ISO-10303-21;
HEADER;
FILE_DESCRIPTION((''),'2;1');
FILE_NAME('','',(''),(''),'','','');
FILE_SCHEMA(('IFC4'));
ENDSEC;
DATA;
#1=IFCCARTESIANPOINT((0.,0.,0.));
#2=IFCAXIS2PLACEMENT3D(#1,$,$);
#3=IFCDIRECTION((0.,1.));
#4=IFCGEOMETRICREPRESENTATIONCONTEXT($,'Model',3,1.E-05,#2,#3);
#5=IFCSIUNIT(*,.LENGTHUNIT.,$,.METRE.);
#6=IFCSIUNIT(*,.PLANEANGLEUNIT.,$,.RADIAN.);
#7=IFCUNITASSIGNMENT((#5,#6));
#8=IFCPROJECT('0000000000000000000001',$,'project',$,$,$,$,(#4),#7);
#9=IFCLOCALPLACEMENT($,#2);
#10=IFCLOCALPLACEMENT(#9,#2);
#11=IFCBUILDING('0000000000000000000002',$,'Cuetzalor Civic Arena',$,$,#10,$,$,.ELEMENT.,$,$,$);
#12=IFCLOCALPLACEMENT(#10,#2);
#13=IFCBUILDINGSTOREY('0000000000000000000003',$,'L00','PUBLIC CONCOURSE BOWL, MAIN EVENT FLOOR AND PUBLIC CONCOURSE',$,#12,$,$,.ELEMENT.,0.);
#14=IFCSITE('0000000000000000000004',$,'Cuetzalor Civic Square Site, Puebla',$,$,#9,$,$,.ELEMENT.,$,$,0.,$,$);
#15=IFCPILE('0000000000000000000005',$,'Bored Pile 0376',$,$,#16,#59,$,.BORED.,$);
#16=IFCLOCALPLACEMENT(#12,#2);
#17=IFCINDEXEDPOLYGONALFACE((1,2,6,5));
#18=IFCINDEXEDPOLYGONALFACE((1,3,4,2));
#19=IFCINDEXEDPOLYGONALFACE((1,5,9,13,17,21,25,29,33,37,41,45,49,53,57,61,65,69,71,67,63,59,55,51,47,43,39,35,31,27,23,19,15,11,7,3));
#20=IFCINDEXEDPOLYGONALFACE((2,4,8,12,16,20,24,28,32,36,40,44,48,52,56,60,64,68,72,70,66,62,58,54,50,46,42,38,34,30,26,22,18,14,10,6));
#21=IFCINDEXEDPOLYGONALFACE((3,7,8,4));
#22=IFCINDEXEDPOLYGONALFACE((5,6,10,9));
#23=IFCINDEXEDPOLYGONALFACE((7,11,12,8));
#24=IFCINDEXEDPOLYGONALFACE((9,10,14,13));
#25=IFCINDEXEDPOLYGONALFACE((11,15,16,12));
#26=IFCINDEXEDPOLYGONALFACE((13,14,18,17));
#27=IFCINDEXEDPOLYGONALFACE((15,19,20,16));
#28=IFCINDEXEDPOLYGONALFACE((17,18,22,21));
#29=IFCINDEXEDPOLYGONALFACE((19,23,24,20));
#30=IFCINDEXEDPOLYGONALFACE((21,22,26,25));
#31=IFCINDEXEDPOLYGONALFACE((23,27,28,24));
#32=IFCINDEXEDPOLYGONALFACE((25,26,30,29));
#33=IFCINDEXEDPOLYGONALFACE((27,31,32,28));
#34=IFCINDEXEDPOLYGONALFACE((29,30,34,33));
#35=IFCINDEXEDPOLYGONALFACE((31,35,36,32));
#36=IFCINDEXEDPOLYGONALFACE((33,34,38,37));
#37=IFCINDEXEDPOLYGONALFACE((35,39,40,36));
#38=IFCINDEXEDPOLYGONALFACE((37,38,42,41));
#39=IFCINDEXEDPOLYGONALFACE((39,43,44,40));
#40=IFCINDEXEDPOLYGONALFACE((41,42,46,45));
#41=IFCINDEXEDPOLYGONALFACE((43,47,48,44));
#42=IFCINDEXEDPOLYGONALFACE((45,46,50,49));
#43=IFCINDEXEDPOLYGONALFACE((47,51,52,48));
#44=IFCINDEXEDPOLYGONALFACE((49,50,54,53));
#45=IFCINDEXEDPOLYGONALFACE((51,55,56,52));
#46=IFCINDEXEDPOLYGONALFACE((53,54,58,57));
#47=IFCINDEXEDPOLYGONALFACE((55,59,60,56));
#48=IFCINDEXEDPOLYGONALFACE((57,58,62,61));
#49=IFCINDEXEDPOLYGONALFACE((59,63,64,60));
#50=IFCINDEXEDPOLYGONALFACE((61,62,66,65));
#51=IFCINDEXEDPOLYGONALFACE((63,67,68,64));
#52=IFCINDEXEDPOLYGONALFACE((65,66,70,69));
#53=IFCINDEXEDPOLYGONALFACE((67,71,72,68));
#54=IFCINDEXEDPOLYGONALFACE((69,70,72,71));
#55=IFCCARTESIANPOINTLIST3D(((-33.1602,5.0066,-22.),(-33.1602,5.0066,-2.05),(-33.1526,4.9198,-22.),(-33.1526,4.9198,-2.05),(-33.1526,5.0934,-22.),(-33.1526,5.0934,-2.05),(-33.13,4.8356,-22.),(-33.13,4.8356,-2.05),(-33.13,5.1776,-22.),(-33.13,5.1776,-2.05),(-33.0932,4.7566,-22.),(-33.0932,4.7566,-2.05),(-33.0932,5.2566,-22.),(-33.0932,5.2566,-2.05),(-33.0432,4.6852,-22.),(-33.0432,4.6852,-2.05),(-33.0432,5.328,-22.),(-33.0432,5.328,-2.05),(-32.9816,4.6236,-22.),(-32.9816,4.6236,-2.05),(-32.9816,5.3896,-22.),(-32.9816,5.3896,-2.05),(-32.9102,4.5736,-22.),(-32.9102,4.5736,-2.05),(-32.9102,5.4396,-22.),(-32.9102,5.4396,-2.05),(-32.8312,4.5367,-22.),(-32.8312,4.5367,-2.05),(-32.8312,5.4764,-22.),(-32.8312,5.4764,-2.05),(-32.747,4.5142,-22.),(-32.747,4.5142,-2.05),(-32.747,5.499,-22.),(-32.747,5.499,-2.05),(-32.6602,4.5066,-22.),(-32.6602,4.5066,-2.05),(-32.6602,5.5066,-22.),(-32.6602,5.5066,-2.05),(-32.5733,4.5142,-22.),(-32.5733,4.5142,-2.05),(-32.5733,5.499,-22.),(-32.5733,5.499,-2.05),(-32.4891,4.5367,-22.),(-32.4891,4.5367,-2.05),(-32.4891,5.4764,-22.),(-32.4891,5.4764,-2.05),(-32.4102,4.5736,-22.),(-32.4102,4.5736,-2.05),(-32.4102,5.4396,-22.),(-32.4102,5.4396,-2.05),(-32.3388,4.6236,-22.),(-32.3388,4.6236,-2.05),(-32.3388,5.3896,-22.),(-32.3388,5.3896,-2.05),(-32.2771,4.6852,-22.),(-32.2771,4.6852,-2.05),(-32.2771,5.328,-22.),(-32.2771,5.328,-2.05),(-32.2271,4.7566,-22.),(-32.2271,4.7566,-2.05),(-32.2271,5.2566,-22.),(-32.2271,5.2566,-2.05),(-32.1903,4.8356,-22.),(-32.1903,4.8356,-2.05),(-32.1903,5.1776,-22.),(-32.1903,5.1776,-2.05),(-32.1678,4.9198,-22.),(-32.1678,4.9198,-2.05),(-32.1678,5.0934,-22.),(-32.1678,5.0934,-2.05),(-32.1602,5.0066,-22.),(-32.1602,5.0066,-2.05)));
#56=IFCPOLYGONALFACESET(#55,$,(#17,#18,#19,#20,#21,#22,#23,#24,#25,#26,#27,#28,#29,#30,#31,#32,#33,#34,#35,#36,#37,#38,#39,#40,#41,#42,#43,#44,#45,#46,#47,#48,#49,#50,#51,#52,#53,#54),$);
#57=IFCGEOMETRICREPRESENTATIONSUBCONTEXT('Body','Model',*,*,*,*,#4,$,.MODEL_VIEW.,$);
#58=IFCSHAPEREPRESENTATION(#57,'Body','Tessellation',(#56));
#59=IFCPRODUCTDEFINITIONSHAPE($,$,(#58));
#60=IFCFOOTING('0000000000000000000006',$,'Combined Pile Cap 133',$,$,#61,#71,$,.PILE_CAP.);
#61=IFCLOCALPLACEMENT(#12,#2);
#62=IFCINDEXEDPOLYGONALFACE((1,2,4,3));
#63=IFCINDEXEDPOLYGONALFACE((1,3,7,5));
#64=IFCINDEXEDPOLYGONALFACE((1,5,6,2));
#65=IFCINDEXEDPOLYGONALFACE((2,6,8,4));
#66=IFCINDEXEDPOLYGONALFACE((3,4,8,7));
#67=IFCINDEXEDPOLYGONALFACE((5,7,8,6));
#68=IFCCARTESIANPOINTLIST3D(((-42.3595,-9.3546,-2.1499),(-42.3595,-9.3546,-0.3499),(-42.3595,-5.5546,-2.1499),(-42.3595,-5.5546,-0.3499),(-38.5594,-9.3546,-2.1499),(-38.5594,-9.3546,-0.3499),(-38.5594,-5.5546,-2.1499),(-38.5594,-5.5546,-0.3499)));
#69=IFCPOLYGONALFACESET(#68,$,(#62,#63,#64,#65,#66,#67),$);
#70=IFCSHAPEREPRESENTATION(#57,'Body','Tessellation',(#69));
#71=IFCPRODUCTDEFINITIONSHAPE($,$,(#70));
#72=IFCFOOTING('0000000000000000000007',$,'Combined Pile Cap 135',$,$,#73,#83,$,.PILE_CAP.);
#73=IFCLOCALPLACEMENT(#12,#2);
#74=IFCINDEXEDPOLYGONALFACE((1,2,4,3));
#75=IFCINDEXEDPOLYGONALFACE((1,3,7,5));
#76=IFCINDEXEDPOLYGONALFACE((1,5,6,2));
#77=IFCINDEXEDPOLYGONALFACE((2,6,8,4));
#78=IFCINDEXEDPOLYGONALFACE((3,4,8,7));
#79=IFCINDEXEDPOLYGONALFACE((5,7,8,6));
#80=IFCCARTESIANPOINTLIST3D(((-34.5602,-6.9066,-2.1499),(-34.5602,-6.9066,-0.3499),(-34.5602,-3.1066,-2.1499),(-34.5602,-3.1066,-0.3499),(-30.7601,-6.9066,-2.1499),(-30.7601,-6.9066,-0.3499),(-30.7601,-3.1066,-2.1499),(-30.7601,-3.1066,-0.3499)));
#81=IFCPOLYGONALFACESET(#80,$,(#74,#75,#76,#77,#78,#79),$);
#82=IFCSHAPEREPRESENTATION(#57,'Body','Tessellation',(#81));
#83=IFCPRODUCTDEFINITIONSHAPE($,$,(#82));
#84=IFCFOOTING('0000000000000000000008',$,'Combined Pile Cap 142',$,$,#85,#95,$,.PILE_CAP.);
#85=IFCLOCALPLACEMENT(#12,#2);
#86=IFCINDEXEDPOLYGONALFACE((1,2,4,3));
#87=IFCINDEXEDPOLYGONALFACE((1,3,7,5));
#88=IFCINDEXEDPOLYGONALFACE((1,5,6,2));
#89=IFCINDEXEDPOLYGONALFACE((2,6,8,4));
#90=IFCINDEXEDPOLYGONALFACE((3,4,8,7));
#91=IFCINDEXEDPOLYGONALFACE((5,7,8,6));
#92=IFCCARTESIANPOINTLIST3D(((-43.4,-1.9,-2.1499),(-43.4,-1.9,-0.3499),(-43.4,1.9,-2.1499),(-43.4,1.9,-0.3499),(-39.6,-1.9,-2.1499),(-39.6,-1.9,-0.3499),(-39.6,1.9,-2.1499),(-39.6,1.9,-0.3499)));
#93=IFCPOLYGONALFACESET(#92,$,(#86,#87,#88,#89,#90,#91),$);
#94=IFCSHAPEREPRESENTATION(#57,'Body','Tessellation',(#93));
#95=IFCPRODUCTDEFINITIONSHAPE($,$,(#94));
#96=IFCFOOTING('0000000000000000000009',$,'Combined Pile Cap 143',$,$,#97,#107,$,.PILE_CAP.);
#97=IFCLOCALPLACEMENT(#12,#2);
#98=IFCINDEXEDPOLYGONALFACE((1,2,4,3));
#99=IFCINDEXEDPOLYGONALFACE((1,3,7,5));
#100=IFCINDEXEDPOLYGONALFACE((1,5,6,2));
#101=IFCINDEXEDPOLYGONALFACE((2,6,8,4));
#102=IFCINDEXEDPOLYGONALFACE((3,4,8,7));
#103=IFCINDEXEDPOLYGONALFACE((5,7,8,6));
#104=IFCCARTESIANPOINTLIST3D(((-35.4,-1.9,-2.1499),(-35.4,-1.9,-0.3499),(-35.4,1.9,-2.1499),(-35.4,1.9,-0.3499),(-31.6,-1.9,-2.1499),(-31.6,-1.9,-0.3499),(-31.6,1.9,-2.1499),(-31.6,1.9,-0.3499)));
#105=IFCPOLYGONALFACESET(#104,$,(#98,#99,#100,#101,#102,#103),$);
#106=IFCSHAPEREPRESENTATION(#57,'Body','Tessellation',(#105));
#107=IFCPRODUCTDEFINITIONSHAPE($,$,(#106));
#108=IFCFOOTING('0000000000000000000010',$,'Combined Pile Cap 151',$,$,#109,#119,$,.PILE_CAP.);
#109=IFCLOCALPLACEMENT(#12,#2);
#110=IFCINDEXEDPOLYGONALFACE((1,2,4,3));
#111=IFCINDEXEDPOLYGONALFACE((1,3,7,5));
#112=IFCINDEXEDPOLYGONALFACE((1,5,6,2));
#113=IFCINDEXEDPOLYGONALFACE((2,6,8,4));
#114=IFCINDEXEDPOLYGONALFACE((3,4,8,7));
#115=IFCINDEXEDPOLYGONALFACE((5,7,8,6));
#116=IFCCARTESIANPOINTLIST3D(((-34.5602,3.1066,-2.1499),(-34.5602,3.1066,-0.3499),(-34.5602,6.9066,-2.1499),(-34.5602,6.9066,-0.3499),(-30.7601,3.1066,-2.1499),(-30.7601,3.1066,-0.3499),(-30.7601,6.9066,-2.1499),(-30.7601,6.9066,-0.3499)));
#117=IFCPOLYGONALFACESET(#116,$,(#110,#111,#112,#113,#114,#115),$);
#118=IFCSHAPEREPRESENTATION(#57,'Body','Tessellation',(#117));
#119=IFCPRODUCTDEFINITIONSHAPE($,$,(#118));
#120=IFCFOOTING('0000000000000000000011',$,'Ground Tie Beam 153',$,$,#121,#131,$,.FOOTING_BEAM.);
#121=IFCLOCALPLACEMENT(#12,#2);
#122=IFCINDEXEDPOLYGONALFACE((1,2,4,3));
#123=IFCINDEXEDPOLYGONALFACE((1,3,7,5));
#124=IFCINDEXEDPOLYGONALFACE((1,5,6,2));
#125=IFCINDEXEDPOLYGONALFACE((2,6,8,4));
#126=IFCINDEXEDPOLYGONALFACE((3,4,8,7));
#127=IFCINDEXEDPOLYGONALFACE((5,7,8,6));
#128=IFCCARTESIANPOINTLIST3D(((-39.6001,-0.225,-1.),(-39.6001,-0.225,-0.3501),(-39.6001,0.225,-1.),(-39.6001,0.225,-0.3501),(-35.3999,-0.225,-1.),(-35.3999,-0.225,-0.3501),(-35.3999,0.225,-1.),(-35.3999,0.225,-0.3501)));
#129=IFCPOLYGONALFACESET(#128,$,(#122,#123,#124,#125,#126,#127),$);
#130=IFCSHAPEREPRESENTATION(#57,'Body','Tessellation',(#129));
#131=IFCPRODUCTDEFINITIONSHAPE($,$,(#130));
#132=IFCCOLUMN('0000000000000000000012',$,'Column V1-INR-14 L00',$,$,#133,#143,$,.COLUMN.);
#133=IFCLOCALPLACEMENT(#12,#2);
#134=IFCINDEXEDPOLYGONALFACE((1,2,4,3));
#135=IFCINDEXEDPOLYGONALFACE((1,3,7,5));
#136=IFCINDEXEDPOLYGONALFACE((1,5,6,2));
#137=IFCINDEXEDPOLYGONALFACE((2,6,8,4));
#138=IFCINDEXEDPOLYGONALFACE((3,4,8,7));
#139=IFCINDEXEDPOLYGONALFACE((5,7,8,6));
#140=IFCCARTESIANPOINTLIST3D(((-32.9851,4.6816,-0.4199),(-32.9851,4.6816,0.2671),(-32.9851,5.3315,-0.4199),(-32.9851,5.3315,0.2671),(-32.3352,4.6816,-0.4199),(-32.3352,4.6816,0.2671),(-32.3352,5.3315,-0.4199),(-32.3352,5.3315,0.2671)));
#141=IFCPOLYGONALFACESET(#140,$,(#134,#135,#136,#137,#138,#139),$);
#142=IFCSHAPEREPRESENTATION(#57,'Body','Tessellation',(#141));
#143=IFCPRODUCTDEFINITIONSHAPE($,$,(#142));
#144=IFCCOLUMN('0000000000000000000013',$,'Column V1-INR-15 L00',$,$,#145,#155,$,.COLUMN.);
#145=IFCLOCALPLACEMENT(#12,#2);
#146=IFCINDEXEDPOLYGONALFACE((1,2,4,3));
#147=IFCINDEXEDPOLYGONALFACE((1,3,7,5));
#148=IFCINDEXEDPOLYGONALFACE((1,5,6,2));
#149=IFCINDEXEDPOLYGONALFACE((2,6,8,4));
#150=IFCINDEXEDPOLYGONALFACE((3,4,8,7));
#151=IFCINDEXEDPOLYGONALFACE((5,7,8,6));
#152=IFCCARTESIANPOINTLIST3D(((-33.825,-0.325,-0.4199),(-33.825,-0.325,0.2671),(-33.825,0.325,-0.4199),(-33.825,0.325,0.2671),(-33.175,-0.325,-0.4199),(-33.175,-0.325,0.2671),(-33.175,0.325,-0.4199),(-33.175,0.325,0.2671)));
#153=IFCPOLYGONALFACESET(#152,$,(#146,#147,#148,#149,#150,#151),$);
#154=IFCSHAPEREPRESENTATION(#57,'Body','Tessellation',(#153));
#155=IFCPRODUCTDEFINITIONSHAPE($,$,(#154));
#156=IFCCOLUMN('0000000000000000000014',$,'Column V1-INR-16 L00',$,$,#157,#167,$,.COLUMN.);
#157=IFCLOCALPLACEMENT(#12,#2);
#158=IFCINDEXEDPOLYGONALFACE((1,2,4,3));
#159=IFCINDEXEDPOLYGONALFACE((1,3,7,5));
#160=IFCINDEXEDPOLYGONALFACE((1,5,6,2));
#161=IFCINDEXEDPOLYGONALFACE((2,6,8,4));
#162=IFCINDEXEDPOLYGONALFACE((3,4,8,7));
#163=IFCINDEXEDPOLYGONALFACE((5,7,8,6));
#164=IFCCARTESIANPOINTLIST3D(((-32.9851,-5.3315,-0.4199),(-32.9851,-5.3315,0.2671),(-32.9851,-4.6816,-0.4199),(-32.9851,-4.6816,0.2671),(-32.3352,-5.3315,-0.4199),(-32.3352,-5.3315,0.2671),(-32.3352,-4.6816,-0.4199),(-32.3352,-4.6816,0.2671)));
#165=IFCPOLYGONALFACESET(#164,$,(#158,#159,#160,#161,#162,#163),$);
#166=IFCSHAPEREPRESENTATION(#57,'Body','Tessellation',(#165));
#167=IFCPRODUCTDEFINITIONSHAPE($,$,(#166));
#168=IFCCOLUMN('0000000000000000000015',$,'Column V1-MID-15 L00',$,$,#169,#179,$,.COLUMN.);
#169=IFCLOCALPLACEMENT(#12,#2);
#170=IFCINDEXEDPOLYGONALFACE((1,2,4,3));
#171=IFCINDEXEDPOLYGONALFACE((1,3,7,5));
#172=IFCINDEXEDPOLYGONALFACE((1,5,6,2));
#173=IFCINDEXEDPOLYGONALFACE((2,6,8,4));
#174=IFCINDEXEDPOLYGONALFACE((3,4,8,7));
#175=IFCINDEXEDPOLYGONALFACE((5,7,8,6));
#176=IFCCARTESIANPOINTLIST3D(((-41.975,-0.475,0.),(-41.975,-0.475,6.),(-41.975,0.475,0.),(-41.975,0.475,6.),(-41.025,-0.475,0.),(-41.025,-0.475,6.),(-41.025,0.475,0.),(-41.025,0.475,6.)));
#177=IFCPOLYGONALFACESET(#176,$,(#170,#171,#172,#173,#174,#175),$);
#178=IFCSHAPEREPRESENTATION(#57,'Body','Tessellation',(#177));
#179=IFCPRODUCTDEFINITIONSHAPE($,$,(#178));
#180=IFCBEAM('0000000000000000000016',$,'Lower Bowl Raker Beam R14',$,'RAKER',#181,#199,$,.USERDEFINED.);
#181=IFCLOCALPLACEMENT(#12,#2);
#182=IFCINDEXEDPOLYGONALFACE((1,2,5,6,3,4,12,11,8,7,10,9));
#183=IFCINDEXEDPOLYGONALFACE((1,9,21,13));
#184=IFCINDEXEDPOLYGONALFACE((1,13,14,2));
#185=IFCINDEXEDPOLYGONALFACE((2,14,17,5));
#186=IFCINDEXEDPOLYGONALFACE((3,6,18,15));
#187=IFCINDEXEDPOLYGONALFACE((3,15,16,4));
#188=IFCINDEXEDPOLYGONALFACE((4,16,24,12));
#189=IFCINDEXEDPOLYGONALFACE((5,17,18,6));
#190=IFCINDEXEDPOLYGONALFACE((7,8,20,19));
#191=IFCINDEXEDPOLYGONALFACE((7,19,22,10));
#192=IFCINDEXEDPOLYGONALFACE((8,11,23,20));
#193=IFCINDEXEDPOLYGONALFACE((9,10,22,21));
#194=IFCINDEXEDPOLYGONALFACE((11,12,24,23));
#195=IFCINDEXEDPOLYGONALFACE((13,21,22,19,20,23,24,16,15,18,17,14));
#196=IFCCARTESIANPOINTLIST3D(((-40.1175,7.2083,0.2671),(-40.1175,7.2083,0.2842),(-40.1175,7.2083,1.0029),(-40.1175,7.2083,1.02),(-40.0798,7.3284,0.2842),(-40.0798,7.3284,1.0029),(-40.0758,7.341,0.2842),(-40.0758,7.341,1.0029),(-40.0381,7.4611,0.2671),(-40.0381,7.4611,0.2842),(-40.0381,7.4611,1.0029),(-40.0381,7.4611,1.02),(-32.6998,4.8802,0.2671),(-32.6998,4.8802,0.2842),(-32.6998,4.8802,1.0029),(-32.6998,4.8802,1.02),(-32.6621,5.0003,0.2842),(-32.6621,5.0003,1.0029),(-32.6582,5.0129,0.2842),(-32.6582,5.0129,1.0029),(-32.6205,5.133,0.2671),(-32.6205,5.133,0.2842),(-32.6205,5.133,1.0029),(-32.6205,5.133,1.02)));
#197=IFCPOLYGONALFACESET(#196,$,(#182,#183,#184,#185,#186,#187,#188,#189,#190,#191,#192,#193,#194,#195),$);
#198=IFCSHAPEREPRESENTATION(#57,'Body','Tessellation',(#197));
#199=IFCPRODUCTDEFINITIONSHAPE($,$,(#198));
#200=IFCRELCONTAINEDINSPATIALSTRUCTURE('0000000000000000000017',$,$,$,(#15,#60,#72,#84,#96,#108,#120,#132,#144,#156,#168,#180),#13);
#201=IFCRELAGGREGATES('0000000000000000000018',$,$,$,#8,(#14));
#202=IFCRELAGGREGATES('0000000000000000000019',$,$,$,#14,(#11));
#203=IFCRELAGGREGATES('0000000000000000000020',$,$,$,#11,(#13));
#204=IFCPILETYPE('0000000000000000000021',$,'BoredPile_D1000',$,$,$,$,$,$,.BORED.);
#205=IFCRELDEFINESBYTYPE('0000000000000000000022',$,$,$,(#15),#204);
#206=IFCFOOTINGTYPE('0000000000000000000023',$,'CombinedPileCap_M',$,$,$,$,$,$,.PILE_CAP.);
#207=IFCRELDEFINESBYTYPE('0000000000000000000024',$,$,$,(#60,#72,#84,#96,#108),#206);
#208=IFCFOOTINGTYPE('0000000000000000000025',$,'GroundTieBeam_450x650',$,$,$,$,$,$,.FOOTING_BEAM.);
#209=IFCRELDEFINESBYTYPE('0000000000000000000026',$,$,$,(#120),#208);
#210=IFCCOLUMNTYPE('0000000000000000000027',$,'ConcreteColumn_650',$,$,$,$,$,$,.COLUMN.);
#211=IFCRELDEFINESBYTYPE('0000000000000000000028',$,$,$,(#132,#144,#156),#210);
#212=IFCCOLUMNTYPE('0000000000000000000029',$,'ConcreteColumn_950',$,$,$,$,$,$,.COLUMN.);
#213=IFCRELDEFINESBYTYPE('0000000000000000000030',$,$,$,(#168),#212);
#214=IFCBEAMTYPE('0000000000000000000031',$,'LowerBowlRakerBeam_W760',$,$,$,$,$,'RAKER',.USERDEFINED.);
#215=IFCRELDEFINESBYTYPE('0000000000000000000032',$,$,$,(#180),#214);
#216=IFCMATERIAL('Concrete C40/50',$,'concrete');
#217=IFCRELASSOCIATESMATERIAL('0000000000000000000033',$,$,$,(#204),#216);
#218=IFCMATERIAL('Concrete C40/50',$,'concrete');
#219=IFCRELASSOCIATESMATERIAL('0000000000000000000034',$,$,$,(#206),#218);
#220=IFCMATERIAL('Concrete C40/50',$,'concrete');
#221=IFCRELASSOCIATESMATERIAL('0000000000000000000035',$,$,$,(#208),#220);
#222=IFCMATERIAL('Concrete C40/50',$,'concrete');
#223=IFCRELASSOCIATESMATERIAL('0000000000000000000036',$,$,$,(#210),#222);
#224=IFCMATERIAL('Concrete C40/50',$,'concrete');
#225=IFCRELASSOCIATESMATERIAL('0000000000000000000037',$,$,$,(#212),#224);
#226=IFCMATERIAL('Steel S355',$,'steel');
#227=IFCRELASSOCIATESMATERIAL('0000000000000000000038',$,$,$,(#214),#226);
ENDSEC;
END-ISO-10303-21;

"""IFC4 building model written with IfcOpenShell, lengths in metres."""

from ifc_helpers import new_model, si_unit, direction, frame, origin, origin_2d, place, context, subcontext, project, spatial, rectangle, circle, i_section, extrude, material, material_profile, profile_set, type_object, element, save


model = new_model("IFC4")

# Units and contexts
model_context = context("Model", 3, precision=1e-05, world=origin(), true_north=direction((0.0, 1.0)))
body_context = subcontext(model_context, "Body", "Model", "MODEL_VIEW")
ifc_project = project(units=[si_unit("LENGTHUNIT", "METRE"), si_unit("PLANEANGLEUNIT", "RADIAN")], contexts=[model_context])

# Site, building, storey
site_placement = place(None, origin())
site = spatial("IfcSite", under=ifc_project, at=site_placement, Name="Cuetzalor Civic Square Site, Puebla", CompositionType="ELEMENT", RefElevation=0.0)
building_placement = place(site_placement, origin())
building = spatial("IfcBuilding", under=site, at=building_placement, Name="Cuetzalor Civic Arena", CompositionType="ELEMENT")
storey_placement = place(building_placement, origin())
storey = spatial("IfcBuildingStorey", under=building, at=storey_placement, Name="L00", Description="PUBLIC CONCOURSE BOWL, MAIN EVENT FLOOR AND PUBLIC CONCOURSE", CompositionType="ELEMENT", Elevation=0.0)

# Pile
ifc_material_1 = material(Name="Concrete C40/50", Category="concrete")
ifc_material_profile_1 = material_profile(ifc_material_1, circle(Radius=0.5, at=origin_2d()), Name="BORED PILE D1000")
ifc_profile_set_1 = profile_set([ifc_material_profile_1], Name="Concrete C40/50")
pile_type = type_object("IfcPileType", Name="BoredPile_D1000", PredefinedType="BORED", material=ifc_profile_set_1)
for number, where, z_axis, x_axis, name in (
    (1, (-32.6602, 5.0066, -2.05), (0.0, 0.0, -1.0), (1.0, 0.0, 0.0), "Bored Pile 0376"),
):
    element("IfcPile", number, at=place(storey_placement, frame(where, z_axis=z_axis, x_axis=x_axis)), inside=storey, type_object=pile_type, Name=name, PredefinedType="BORED", context=body_context, shape_type="SweptSolid", body=[
        extrude(circle(Radius=0.5, at=origin_2d()), origin(), (0.0, 0.0, 1.0), 19.95),
    ])

# Footings
ifc_material_2 = material(Name="Concrete C40/50", Category="concrete")
footing_type_1 = type_object("IfcFootingType", Name="CombinedPileCap_M", PredefinedType="PILE_CAP", material=ifc_material_2)
for number, where, z_axis, x_axis, name in (
    (2, (-40.4595, -7.4546, -2.1499), (0.0, 0.0, 1.0), (1.0, 0.0, 0.0), "Combined Pile Cap 133"),
    (3, (-32.6602, -5.0066, -2.1499), (0.0, 0.0, 1.0), (1.0, 0.0, 0.0), "Combined Pile Cap 135"),
    (4, (-41.5, 0.0, -2.1499), (0.0, 0.0, 1.0), (1.0, 0.0, 0.0), "Combined Pile Cap 142"),
    (5, (-33.5, 0.0, -2.1499), (0.0, 0.0, 1.0), (1.0, 0.0, 0.0), "Combined Pile Cap 143"),
    (6, (-32.6602, 5.0066, -2.1499), (0.0, 0.0, 1.0), (1.0, 0.0, 0.0), "Combined Pile Cap 151"),
):
    element("IfcFooting", number, at=place(storey_placement, frame(where, z_axis=z_axis, x_axis=x_axis)), inside=storey, type_object=footing_type_1, Name=name, PredefinedType="PILE_CAP", context=body_context, shape_type="SweptSolid", body=[
        extrude(rectangle(XDim=3.8, YDim=3.8, at=origin_2d()), origin(), (0.0, 0.0, 1.0), 1.8),
    ])
ifc_material_3 = material(Name="Concrete C40/50", Category="concrete")
ifc_material_profile_2 = material_profile(ifc_material_3, rectangle(XDim=0.45, YDim=0.6499, at=origin_2d()), Name="RC 450x650")
ifc_profile_set_2 = profile_set([ifc_material_profile_2], Name="Concrete C40/50")
footing_type_2 = type_object("IfcFootingType", Name="GroundTieBeam_450x650", PredefinedType="FOOTING_BEAM", material=ifc_profile_set_2)
footing_placement = place(storey_placement, frame((-39.6001, 0.0, -0.675), z_axis=(1.0, 0.0, 0.0), x_axis=(0.0, 1.0, 0.0)))
element("IfcFooting", 7, at=footing_placement, inside=storey, type_object=footing_type_2, Name="Ground Tie Beam 153", PredefinedType="FOOTING_BEAM", context=body_context, shape_type="SweptSolid", body=[
    extrude(rectangle(XDim=0.45, YDim=0.6499, at=origin_2d()), origin(), (0.0, 0.0, 1.0), 4.2002),
])

# Columns
ifc_material_4 = material(Name="Concrete C40/50", Category="concrete")
ifc_material_profile_3 = material_profile(ifc_material_4, rectangle(XDim=0.6499, YDim=0.6499, at=origin_2d()), Name="RC 650x650")
ifc_profile_set_3 = profile_set([ifc_material_profile_3], Name="Concrete C40/50")
column_type_1 = type_object("IfcColumnType", Name="ConcreteColumn_650", PredefinedType="COLUMN", material=ifc_profile_set_3)
for number, where, z_axis, x_axis, name in (
    (8, (-32.6602, 5.0066, -0.4199), (0.0, 0.0, 1.0), (1.0, 0.0, 0.0), "Column V1-INR-14 L00"),
    (9, (-33.5, 0.0, -0.4199), (0.0, 0.0, 1.0), (1.0, 0.0, 0.0), "Column V1-INR-15 L00"),
    (10, (-32.6602, -5.0066, -0.4199), (0.0, 0.0, 1.0), (1.0, 0.0, 0.0), "Column V1-INR-16 L00"),
):
    element("IfcColumn", number, at=place(storey_placement, frame(where, z_axis=z_axis, x_axis=x_axis)), inside=storey, type_object=column_type_1, Name=name, PredefinedType="COLUMN", context=body_context, shape_type="SweptSolid", body=[
        extrude(rectangle(XDim=0.6499, YDim=0.6499, at=origin_2d()), origin(), (0.0, 0.0, 1.0), 0.687),
    ])
ifc_material_5 = material(Name="Concrete C40/50", Category="concrete")
ifc_material_profile_4 = material_profile(ifc_material_5, rectangle(XDim=0.95, YDim=0.95, at=origin_2d()), Name="RC 950x950")
ifc_profile_set_4 = profile_set([ifc_material_profile_4], Name="Concrete C40/50")
column_type_2 = type_object("IfcColumnType", Name="ConcreteColumn_950", PredefinedType="COLUMN", material=ifc_profile_set_4)
column_placement = place(storey_placement, frame((-41.5, 0.0, 0.0), z_axis=(0.0, 0.0, 1.0), x_axis=(1.0, 0.0, 0.0)))
element("IfcColumn", 11, at=column_placement, inside=storey, type_object=column_type_2, Name="Column V1-MID-15 L00", PredefinedType="COLUMN", context=body_context, shape_type="SweptSolid", body=[
    extrude(rectangle(XDim=0.95, YDim=0.95, at=origin_2d()), origin(), (0.0, 0.0, 1.0), 6.0),
])

# Beam
ifc_material_6 = material(Name="Steel S355", Category="steel")
ifc_material_profile_5 = material_profile(ifc_material_6, i_section(OverallWidth=0.2649, OverallDepth=0.7529, WebThickness=0.0132, FlangeThickness=0.0171, at=origin_2d()), Name="W760x147")
ifc_profile_set_5 = profile_set([ifc_material_profile_5], Name="Steel S355")
beam_type_1 = type_object("IfcBeamType", Name="LowerBowlRakerBeam_W760", ElementType="RAKER", PredefinedType="USERDEFINED", material=ifc_profile_set_5)
beam_1_placement = place(storey_placement, frame((-32.6602, 5.0066, 0.6436), z_axis=(-0.95411, 0.299457, 0.0), x_axis=(-0.299457, -0.95411, 0.0)))
element("IfcBeam", 12, at=beam_1_placement, inside=storey, type_object=beam_type_1, Name="Lower Bowl Raker Beam R14", ObjectType="RAKER", PredefinedType="USERDEFINED", context=body_context, shape_type="SweptSolid", body=[
    extrude(i_section(OverallWidth=0.2649, OverallDepth=0.7529, WebThickness=0.0132, FlangeThickness=0.0171, at=origin_2d()), origin(), (0.0, 0.0, 1.0), 7.7744),
])

save(model, "model.ifc")
